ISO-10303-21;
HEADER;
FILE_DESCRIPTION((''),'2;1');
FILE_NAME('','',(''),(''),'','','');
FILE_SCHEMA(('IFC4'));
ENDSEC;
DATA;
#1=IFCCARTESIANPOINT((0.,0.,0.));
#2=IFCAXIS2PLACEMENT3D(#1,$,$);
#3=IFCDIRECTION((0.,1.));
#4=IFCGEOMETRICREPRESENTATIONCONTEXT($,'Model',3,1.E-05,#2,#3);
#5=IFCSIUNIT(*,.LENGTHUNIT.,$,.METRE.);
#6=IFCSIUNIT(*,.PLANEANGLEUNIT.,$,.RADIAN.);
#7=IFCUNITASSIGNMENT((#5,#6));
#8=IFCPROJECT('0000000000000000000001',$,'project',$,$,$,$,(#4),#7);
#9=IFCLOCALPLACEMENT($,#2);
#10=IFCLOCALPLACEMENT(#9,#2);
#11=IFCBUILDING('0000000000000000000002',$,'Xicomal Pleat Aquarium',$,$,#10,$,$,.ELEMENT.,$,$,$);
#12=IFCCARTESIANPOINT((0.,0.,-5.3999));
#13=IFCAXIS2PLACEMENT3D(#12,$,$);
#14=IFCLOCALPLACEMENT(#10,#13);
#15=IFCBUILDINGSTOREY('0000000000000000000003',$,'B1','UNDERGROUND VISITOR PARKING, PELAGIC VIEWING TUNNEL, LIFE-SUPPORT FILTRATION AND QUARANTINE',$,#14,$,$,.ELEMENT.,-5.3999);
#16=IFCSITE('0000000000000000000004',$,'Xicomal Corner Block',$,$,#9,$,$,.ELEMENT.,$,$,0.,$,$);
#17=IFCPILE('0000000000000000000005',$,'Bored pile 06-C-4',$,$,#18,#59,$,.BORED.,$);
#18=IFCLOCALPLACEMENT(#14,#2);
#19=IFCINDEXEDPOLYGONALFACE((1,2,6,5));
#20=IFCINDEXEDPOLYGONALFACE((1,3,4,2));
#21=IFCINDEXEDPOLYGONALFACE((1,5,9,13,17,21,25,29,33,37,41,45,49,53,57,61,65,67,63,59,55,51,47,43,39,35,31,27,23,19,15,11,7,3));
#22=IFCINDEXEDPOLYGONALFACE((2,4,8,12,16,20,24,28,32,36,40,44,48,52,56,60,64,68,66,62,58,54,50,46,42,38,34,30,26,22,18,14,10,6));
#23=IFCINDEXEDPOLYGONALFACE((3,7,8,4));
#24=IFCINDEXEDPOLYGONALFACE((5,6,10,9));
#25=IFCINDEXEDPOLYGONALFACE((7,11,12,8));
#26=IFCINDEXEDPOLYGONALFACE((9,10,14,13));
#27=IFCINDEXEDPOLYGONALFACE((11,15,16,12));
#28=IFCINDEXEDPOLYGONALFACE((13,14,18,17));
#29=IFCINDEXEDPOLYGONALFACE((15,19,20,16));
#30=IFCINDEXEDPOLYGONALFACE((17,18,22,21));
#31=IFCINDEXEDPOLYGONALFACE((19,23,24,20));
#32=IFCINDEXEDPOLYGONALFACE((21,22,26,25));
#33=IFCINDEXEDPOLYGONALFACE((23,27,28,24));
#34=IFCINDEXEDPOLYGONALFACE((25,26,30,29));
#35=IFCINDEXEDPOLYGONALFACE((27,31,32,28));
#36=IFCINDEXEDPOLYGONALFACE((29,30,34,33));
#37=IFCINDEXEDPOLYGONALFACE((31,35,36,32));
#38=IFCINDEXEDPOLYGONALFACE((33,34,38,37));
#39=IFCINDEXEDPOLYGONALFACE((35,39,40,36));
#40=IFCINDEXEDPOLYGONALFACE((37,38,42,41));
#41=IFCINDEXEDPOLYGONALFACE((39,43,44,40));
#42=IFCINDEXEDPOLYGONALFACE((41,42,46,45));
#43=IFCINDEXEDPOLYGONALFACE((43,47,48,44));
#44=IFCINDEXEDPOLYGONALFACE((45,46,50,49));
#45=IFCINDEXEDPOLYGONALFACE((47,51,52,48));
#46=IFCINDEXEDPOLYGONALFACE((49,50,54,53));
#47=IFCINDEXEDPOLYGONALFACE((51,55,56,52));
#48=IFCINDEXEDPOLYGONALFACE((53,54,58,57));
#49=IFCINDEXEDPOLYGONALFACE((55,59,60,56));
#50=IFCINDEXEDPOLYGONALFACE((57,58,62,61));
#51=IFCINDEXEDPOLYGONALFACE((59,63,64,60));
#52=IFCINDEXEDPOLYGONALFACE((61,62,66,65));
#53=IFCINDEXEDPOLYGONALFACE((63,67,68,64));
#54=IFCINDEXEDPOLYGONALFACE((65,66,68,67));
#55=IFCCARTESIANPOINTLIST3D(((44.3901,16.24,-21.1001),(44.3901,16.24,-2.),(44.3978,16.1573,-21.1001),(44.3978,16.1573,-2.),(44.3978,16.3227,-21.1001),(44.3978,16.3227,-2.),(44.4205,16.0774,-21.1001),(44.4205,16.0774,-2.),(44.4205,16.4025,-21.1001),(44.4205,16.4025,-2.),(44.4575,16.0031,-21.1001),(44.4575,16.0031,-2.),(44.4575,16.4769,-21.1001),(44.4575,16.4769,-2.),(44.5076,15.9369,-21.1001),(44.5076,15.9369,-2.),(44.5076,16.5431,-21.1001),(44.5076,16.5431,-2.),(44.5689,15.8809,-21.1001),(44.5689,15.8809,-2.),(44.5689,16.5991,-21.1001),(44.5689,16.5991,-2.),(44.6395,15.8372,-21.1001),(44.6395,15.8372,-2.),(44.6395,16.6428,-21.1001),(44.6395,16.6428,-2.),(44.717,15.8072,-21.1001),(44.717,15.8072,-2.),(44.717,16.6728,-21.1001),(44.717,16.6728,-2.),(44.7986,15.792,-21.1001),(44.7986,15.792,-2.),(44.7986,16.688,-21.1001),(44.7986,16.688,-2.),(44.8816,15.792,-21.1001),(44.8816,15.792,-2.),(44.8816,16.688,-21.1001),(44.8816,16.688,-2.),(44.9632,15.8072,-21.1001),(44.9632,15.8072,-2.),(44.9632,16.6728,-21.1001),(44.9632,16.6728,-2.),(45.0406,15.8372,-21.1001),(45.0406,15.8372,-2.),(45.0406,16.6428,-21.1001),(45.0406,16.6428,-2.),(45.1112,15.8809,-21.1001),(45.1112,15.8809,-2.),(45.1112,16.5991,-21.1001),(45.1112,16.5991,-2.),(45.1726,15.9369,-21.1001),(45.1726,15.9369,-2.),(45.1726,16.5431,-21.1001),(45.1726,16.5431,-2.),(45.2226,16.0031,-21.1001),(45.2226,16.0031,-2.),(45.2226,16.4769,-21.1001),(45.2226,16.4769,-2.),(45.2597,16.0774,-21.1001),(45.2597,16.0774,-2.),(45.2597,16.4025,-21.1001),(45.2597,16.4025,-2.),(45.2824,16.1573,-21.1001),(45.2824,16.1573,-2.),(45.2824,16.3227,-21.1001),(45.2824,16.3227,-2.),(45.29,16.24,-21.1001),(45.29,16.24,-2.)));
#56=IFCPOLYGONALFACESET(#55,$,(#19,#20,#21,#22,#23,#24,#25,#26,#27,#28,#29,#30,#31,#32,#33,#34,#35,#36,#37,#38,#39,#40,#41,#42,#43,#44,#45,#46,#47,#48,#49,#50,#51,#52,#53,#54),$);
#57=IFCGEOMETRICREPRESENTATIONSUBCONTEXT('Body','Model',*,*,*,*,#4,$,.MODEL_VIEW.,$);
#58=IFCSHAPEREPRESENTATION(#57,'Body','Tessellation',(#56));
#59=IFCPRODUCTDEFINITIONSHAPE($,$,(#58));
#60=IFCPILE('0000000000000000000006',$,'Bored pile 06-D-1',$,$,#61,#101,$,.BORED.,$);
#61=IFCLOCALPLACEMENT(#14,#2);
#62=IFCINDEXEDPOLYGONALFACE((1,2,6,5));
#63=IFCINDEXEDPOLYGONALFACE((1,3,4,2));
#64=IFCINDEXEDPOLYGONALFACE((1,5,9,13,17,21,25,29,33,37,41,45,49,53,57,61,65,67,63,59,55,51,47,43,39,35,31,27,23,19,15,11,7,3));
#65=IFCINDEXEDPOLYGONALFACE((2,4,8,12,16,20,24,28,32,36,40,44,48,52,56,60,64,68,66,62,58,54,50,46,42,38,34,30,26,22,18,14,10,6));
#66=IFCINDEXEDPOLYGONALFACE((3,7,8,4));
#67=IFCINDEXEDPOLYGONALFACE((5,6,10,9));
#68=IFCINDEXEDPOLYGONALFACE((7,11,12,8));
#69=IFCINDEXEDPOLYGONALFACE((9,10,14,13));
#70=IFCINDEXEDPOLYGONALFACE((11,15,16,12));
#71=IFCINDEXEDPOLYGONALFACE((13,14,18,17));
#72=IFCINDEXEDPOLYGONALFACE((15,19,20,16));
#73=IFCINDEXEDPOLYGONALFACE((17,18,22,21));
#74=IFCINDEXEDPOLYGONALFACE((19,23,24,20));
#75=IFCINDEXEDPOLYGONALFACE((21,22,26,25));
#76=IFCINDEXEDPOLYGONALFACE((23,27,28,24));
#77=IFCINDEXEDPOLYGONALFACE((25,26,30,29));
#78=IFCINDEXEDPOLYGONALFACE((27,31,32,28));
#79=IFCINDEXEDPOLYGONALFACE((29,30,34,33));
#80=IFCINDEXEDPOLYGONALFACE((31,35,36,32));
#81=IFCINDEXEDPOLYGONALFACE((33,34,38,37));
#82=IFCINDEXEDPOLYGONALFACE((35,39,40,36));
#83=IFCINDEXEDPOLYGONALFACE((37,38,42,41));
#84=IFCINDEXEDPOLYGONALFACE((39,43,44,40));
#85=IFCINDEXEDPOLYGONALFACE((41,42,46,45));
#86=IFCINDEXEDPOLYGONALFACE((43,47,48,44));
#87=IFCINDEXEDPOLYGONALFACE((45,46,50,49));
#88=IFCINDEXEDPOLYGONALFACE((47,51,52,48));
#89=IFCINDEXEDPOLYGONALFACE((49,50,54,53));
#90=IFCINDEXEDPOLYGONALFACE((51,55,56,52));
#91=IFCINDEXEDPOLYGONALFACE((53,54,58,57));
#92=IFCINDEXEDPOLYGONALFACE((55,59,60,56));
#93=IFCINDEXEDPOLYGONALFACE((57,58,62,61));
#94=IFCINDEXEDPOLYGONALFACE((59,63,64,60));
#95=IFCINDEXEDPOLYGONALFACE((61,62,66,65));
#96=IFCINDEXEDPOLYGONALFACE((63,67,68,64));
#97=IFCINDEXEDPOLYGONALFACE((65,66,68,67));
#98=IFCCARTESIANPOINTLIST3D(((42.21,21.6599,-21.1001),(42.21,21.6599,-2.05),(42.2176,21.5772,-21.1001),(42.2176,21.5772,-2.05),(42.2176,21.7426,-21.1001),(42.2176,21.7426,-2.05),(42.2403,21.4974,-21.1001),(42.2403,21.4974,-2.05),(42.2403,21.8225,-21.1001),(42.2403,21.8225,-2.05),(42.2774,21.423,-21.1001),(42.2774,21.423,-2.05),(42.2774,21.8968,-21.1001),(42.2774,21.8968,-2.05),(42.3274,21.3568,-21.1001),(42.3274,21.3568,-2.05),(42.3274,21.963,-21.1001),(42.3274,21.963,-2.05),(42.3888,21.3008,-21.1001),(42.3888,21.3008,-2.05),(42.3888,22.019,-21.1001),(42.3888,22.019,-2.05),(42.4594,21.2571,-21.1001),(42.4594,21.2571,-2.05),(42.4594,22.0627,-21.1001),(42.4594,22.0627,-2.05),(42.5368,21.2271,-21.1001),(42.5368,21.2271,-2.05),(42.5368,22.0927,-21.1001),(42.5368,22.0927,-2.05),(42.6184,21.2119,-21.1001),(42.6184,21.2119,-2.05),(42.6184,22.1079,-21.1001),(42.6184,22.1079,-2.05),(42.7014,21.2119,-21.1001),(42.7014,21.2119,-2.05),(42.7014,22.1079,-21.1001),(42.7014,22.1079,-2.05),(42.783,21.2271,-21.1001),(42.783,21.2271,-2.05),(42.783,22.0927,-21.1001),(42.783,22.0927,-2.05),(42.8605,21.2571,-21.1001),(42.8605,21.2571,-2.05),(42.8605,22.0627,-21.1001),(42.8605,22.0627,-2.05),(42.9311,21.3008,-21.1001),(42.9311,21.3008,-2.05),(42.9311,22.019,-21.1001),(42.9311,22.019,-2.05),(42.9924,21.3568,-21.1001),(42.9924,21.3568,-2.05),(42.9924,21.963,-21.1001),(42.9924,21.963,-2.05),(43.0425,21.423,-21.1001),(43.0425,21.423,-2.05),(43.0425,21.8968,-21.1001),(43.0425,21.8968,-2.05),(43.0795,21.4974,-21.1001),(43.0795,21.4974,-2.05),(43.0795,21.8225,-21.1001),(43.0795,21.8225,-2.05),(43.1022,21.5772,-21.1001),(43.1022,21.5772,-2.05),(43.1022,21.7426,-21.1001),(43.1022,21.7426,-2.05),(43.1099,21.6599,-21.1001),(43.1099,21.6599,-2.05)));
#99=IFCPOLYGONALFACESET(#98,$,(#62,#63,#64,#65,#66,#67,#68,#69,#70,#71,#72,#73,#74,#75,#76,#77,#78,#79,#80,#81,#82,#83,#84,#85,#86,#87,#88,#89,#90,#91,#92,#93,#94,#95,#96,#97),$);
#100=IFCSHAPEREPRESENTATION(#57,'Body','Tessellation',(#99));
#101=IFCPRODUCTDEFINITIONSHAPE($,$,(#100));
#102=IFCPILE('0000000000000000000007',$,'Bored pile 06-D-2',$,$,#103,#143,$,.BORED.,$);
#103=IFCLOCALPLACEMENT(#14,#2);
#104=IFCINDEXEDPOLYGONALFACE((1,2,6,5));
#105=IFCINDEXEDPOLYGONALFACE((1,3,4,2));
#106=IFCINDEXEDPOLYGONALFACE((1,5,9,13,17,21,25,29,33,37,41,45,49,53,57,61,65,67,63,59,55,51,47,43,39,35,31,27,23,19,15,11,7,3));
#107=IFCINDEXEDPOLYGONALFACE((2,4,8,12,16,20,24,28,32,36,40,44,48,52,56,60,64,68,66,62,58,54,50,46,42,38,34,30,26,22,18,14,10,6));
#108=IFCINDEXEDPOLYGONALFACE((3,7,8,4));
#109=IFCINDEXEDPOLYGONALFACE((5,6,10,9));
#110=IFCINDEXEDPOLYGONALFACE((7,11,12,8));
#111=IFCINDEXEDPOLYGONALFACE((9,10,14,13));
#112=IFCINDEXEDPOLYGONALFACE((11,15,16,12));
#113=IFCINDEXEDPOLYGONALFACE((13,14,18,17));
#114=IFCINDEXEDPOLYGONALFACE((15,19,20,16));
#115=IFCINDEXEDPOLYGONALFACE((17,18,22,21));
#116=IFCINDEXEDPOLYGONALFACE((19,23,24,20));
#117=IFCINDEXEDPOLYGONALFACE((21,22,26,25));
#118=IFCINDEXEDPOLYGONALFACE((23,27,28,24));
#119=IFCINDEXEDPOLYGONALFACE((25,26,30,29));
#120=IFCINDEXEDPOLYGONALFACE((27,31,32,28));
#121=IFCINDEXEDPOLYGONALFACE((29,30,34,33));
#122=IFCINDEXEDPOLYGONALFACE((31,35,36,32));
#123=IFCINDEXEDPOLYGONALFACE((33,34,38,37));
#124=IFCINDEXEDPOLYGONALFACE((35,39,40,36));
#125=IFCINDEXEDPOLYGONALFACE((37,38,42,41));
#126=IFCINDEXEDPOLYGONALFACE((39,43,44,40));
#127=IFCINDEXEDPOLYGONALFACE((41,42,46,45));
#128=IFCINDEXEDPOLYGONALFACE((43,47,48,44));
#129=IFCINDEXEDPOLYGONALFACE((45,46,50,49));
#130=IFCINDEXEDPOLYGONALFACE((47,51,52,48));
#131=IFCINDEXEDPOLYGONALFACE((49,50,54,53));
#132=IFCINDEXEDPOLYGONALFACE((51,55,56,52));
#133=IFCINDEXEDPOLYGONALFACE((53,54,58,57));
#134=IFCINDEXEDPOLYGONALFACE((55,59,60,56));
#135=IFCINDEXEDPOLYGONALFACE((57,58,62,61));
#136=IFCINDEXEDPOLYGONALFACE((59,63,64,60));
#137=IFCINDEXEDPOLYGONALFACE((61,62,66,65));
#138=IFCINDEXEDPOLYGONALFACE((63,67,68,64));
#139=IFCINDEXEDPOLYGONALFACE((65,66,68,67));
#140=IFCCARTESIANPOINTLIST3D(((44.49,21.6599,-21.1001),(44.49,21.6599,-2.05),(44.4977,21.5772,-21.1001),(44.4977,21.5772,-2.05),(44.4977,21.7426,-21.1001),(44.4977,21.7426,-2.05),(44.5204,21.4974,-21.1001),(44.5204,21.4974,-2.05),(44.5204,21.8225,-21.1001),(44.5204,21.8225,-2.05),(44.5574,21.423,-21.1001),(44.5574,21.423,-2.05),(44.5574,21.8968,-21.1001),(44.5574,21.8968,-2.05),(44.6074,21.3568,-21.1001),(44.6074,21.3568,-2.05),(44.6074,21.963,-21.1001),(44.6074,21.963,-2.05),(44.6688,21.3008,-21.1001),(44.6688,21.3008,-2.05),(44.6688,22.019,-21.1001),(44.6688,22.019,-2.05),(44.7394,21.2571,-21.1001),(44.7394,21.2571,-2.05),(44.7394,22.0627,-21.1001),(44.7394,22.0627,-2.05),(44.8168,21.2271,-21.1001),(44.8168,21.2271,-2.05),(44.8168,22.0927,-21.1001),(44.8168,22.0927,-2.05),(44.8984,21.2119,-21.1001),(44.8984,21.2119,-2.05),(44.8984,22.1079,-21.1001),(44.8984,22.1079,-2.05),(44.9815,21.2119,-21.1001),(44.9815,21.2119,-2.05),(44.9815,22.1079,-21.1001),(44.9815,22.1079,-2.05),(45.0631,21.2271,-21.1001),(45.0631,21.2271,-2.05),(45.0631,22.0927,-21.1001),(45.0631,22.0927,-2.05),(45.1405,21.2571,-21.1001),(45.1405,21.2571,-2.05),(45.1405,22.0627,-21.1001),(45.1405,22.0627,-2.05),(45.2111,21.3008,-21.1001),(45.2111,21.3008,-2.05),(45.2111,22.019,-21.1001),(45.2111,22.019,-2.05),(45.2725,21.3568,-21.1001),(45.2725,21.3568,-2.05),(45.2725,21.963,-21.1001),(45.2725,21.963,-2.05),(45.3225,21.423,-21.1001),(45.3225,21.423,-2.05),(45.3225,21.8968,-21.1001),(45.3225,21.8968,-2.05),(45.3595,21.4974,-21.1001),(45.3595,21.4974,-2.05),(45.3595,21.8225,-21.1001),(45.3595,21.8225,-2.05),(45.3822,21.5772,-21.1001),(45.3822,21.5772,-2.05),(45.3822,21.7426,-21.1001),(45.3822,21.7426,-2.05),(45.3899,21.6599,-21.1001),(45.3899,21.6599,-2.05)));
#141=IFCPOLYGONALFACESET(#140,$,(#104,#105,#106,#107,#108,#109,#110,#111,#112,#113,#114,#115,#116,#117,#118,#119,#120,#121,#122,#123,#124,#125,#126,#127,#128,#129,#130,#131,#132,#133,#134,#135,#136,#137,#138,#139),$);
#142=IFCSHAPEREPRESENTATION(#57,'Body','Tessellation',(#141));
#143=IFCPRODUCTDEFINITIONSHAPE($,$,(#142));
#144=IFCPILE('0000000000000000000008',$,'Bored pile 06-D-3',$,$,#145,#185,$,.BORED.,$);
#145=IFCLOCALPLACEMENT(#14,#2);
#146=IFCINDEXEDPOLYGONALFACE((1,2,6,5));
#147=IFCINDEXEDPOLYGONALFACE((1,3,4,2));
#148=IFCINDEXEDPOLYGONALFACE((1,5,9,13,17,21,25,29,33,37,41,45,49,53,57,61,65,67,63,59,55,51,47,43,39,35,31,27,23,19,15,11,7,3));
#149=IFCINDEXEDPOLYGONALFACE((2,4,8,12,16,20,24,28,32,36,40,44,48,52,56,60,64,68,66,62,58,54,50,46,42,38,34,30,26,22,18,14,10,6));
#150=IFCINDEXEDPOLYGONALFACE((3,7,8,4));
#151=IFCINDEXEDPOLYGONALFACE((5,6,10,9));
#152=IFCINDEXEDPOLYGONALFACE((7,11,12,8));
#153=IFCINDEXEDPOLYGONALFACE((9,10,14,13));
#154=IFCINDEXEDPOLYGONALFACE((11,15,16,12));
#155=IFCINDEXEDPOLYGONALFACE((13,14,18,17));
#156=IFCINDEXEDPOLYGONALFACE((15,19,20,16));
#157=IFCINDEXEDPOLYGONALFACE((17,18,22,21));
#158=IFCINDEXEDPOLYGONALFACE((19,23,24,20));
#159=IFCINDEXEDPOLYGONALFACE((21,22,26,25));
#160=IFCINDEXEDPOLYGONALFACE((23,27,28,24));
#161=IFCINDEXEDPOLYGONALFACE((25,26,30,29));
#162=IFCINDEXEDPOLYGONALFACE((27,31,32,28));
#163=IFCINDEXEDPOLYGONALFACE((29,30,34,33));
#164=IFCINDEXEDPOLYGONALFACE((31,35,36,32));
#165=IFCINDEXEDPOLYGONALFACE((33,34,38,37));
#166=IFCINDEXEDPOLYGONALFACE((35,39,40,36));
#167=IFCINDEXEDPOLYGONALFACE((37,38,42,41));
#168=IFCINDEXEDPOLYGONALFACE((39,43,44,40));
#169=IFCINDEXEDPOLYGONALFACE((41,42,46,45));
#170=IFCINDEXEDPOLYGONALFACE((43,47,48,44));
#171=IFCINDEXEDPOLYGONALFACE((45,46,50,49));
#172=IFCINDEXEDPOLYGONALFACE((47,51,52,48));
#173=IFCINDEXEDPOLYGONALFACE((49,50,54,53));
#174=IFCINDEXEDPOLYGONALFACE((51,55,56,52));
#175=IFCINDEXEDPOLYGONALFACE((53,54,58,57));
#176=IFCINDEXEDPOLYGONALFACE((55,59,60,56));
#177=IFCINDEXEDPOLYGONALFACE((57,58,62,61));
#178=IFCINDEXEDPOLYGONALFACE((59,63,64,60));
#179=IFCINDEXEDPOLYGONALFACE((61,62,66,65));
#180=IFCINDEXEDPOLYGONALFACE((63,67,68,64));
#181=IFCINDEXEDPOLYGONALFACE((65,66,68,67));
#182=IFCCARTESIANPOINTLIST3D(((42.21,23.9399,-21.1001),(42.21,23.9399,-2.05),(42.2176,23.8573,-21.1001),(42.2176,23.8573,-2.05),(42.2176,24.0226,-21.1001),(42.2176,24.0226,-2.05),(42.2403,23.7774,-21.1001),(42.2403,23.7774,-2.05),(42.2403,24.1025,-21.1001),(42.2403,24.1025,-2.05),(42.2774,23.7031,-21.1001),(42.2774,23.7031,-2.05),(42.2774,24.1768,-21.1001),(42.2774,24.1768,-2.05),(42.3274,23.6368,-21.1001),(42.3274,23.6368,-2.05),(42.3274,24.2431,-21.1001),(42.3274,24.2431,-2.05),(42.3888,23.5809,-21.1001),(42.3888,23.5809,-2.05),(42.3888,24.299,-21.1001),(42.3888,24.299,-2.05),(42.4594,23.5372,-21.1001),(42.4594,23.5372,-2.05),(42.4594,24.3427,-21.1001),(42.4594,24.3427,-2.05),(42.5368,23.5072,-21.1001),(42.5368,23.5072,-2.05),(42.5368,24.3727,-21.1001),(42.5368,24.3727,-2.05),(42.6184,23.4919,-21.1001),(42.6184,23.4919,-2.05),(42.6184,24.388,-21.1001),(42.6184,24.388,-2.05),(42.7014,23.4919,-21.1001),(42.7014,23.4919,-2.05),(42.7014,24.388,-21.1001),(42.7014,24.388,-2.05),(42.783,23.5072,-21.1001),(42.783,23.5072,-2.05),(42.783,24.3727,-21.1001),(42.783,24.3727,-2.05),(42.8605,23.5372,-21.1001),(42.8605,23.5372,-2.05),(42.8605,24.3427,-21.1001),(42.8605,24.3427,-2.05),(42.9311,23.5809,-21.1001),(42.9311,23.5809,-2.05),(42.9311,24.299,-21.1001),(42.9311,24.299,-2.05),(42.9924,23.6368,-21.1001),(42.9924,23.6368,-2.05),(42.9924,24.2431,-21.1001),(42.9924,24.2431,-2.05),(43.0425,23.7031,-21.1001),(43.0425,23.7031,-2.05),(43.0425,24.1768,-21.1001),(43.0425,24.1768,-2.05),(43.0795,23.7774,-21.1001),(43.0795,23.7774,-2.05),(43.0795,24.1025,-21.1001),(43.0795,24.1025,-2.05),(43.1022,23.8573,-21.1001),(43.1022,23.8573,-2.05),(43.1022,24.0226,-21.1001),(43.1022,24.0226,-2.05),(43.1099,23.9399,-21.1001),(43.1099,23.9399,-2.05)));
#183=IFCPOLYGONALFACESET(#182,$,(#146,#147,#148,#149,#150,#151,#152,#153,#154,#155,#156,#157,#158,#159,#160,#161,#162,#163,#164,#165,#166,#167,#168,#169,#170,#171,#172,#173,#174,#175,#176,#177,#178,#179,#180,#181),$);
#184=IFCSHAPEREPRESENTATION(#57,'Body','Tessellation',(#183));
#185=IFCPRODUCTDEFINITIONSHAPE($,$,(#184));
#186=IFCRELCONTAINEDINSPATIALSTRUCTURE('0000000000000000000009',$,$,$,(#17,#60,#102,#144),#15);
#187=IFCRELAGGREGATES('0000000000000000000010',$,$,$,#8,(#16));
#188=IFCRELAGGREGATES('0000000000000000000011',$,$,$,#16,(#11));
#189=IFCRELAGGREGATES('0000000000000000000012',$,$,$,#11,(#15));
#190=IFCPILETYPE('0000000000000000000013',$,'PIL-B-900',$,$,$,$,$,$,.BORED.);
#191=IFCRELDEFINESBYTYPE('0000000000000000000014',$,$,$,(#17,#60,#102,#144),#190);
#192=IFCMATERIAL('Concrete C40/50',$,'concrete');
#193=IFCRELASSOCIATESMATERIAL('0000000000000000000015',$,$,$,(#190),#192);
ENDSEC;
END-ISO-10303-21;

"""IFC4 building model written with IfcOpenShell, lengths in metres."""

from ifc_helpers import new_model, si_unit, direction, frame, origin, origin_2d, place, context, subcontext, project, spatial, circle, extrude, material, material_profile, profile_set, type_object, element, save


model = new_model("IFC4")

# Units and contexts
model_context = context("Model", 3, precision=1e-05, world=origin(), true_north=direction((0.0, 1.0)))
body_context = subcontext(model_context, "Body", "Model", "MODEL_VIEW")
ifc_project = project(units=[si_unit("LENGTHUNIT", "METRE"), si_unit("PLANEANGLEUNIT", "RADIAN")], contexts=[model_context])

# Site, building, storey
site_placement = place(None, origin())
site = spatial("IfcSite", under=ifc_project, at=site_placement, Name="Xicomal Corner Block", CompositionType="ELEMENT", RefElevation=0.0)
building_placement = place(site_placement, origin())
building = spatial("IfcBuilding", under=site, at=building_placement, Name="Xicomal Pleat Aquarium", CompositionType="ELEMENT")
storey_placement = place(building_placement, frame((0.0, 0.0, -5.3999)))
storey = spatial("IfcBuildingStorey", under=building, at=storey_placement, Name="B1", Description="UNDERGROUND VISITOR PARKING, PELAGIC VIEWING TUNNEL, LIFE-SUPPORT FILTRATION AND QUARANTINE", CompositionType="ELEMENT", Elevation=-5.3999)

# Piles
ifc_material_1 = material(Name="Concrete C40/50", Category="concrete")
ifc_material_profile_1 = material_profile(ifc_material_1, circle(Radius=0.45, at=origin_2d()), Name="BORED PILE D900")
ifc_profile_set_1 = profile_set([ifc_material_profile_1], Name="Concrete C40/50")
pile_type_1 = type_object("IfcPileType", Name="PIL-B-900", PredefinedType="BORED", material=ifc_profile_set_1)
for number, where, z_axis, x_axis, name in (
    (1, (44.8401, 16.24, -2.0), (0.0, 0.0, -1.0), (1.0, 0.0, 0.0), "Bored pile 06-C-4"),
):
    element("IfcPile", number, at=place(storey_placement, frame(where, z_axis=z_axis, x_axis=x_axis)), inside=storey, type_object=pile_type_1, Name=name, PredefinedType="BORED", context=body_context, shape_type="SweptSolid", body=[
        extrude(circle(Radius=0.45, at=origin_2d()), origin(), (0.0, 0.0, 1.0), 19.1001),
    ])
for number, where, z_axis, x_axis, name in (
    (2, (42.6599, 21.6599, -2.05), (0.0, 0.0, -1.0), (1.0, 0.0, 0.0), "Bored pile 06-D-1"),
    (3, (44.9399, 21.6599, -2.05), (0.0, 0.0, -1.0), (1.0, 0.0, 0.0), "Bored pile 06-D-2"),
    (4, (42.6599, 23.9399, -2.05), (0.0, 0.0, -1.0), (1.0, 0.0, 0.0), "Bored pile 06-D-3"),
):
    element("IfcPile", number, at=place(storey_placement, frame(where, z_axis=z_axis, x_axis=x_axis)), inside=storey, type_object=pile_type_1, Name=name, PredefinedType="BORED", context=body_context, shape_type="SweptSolid", body=[
        extrude(circle(Radius=0.45, at=origin_2d()), origin(), (0.0, 0.0, 1.0), 19.05),
    ])

save(model, "model.ifc")
